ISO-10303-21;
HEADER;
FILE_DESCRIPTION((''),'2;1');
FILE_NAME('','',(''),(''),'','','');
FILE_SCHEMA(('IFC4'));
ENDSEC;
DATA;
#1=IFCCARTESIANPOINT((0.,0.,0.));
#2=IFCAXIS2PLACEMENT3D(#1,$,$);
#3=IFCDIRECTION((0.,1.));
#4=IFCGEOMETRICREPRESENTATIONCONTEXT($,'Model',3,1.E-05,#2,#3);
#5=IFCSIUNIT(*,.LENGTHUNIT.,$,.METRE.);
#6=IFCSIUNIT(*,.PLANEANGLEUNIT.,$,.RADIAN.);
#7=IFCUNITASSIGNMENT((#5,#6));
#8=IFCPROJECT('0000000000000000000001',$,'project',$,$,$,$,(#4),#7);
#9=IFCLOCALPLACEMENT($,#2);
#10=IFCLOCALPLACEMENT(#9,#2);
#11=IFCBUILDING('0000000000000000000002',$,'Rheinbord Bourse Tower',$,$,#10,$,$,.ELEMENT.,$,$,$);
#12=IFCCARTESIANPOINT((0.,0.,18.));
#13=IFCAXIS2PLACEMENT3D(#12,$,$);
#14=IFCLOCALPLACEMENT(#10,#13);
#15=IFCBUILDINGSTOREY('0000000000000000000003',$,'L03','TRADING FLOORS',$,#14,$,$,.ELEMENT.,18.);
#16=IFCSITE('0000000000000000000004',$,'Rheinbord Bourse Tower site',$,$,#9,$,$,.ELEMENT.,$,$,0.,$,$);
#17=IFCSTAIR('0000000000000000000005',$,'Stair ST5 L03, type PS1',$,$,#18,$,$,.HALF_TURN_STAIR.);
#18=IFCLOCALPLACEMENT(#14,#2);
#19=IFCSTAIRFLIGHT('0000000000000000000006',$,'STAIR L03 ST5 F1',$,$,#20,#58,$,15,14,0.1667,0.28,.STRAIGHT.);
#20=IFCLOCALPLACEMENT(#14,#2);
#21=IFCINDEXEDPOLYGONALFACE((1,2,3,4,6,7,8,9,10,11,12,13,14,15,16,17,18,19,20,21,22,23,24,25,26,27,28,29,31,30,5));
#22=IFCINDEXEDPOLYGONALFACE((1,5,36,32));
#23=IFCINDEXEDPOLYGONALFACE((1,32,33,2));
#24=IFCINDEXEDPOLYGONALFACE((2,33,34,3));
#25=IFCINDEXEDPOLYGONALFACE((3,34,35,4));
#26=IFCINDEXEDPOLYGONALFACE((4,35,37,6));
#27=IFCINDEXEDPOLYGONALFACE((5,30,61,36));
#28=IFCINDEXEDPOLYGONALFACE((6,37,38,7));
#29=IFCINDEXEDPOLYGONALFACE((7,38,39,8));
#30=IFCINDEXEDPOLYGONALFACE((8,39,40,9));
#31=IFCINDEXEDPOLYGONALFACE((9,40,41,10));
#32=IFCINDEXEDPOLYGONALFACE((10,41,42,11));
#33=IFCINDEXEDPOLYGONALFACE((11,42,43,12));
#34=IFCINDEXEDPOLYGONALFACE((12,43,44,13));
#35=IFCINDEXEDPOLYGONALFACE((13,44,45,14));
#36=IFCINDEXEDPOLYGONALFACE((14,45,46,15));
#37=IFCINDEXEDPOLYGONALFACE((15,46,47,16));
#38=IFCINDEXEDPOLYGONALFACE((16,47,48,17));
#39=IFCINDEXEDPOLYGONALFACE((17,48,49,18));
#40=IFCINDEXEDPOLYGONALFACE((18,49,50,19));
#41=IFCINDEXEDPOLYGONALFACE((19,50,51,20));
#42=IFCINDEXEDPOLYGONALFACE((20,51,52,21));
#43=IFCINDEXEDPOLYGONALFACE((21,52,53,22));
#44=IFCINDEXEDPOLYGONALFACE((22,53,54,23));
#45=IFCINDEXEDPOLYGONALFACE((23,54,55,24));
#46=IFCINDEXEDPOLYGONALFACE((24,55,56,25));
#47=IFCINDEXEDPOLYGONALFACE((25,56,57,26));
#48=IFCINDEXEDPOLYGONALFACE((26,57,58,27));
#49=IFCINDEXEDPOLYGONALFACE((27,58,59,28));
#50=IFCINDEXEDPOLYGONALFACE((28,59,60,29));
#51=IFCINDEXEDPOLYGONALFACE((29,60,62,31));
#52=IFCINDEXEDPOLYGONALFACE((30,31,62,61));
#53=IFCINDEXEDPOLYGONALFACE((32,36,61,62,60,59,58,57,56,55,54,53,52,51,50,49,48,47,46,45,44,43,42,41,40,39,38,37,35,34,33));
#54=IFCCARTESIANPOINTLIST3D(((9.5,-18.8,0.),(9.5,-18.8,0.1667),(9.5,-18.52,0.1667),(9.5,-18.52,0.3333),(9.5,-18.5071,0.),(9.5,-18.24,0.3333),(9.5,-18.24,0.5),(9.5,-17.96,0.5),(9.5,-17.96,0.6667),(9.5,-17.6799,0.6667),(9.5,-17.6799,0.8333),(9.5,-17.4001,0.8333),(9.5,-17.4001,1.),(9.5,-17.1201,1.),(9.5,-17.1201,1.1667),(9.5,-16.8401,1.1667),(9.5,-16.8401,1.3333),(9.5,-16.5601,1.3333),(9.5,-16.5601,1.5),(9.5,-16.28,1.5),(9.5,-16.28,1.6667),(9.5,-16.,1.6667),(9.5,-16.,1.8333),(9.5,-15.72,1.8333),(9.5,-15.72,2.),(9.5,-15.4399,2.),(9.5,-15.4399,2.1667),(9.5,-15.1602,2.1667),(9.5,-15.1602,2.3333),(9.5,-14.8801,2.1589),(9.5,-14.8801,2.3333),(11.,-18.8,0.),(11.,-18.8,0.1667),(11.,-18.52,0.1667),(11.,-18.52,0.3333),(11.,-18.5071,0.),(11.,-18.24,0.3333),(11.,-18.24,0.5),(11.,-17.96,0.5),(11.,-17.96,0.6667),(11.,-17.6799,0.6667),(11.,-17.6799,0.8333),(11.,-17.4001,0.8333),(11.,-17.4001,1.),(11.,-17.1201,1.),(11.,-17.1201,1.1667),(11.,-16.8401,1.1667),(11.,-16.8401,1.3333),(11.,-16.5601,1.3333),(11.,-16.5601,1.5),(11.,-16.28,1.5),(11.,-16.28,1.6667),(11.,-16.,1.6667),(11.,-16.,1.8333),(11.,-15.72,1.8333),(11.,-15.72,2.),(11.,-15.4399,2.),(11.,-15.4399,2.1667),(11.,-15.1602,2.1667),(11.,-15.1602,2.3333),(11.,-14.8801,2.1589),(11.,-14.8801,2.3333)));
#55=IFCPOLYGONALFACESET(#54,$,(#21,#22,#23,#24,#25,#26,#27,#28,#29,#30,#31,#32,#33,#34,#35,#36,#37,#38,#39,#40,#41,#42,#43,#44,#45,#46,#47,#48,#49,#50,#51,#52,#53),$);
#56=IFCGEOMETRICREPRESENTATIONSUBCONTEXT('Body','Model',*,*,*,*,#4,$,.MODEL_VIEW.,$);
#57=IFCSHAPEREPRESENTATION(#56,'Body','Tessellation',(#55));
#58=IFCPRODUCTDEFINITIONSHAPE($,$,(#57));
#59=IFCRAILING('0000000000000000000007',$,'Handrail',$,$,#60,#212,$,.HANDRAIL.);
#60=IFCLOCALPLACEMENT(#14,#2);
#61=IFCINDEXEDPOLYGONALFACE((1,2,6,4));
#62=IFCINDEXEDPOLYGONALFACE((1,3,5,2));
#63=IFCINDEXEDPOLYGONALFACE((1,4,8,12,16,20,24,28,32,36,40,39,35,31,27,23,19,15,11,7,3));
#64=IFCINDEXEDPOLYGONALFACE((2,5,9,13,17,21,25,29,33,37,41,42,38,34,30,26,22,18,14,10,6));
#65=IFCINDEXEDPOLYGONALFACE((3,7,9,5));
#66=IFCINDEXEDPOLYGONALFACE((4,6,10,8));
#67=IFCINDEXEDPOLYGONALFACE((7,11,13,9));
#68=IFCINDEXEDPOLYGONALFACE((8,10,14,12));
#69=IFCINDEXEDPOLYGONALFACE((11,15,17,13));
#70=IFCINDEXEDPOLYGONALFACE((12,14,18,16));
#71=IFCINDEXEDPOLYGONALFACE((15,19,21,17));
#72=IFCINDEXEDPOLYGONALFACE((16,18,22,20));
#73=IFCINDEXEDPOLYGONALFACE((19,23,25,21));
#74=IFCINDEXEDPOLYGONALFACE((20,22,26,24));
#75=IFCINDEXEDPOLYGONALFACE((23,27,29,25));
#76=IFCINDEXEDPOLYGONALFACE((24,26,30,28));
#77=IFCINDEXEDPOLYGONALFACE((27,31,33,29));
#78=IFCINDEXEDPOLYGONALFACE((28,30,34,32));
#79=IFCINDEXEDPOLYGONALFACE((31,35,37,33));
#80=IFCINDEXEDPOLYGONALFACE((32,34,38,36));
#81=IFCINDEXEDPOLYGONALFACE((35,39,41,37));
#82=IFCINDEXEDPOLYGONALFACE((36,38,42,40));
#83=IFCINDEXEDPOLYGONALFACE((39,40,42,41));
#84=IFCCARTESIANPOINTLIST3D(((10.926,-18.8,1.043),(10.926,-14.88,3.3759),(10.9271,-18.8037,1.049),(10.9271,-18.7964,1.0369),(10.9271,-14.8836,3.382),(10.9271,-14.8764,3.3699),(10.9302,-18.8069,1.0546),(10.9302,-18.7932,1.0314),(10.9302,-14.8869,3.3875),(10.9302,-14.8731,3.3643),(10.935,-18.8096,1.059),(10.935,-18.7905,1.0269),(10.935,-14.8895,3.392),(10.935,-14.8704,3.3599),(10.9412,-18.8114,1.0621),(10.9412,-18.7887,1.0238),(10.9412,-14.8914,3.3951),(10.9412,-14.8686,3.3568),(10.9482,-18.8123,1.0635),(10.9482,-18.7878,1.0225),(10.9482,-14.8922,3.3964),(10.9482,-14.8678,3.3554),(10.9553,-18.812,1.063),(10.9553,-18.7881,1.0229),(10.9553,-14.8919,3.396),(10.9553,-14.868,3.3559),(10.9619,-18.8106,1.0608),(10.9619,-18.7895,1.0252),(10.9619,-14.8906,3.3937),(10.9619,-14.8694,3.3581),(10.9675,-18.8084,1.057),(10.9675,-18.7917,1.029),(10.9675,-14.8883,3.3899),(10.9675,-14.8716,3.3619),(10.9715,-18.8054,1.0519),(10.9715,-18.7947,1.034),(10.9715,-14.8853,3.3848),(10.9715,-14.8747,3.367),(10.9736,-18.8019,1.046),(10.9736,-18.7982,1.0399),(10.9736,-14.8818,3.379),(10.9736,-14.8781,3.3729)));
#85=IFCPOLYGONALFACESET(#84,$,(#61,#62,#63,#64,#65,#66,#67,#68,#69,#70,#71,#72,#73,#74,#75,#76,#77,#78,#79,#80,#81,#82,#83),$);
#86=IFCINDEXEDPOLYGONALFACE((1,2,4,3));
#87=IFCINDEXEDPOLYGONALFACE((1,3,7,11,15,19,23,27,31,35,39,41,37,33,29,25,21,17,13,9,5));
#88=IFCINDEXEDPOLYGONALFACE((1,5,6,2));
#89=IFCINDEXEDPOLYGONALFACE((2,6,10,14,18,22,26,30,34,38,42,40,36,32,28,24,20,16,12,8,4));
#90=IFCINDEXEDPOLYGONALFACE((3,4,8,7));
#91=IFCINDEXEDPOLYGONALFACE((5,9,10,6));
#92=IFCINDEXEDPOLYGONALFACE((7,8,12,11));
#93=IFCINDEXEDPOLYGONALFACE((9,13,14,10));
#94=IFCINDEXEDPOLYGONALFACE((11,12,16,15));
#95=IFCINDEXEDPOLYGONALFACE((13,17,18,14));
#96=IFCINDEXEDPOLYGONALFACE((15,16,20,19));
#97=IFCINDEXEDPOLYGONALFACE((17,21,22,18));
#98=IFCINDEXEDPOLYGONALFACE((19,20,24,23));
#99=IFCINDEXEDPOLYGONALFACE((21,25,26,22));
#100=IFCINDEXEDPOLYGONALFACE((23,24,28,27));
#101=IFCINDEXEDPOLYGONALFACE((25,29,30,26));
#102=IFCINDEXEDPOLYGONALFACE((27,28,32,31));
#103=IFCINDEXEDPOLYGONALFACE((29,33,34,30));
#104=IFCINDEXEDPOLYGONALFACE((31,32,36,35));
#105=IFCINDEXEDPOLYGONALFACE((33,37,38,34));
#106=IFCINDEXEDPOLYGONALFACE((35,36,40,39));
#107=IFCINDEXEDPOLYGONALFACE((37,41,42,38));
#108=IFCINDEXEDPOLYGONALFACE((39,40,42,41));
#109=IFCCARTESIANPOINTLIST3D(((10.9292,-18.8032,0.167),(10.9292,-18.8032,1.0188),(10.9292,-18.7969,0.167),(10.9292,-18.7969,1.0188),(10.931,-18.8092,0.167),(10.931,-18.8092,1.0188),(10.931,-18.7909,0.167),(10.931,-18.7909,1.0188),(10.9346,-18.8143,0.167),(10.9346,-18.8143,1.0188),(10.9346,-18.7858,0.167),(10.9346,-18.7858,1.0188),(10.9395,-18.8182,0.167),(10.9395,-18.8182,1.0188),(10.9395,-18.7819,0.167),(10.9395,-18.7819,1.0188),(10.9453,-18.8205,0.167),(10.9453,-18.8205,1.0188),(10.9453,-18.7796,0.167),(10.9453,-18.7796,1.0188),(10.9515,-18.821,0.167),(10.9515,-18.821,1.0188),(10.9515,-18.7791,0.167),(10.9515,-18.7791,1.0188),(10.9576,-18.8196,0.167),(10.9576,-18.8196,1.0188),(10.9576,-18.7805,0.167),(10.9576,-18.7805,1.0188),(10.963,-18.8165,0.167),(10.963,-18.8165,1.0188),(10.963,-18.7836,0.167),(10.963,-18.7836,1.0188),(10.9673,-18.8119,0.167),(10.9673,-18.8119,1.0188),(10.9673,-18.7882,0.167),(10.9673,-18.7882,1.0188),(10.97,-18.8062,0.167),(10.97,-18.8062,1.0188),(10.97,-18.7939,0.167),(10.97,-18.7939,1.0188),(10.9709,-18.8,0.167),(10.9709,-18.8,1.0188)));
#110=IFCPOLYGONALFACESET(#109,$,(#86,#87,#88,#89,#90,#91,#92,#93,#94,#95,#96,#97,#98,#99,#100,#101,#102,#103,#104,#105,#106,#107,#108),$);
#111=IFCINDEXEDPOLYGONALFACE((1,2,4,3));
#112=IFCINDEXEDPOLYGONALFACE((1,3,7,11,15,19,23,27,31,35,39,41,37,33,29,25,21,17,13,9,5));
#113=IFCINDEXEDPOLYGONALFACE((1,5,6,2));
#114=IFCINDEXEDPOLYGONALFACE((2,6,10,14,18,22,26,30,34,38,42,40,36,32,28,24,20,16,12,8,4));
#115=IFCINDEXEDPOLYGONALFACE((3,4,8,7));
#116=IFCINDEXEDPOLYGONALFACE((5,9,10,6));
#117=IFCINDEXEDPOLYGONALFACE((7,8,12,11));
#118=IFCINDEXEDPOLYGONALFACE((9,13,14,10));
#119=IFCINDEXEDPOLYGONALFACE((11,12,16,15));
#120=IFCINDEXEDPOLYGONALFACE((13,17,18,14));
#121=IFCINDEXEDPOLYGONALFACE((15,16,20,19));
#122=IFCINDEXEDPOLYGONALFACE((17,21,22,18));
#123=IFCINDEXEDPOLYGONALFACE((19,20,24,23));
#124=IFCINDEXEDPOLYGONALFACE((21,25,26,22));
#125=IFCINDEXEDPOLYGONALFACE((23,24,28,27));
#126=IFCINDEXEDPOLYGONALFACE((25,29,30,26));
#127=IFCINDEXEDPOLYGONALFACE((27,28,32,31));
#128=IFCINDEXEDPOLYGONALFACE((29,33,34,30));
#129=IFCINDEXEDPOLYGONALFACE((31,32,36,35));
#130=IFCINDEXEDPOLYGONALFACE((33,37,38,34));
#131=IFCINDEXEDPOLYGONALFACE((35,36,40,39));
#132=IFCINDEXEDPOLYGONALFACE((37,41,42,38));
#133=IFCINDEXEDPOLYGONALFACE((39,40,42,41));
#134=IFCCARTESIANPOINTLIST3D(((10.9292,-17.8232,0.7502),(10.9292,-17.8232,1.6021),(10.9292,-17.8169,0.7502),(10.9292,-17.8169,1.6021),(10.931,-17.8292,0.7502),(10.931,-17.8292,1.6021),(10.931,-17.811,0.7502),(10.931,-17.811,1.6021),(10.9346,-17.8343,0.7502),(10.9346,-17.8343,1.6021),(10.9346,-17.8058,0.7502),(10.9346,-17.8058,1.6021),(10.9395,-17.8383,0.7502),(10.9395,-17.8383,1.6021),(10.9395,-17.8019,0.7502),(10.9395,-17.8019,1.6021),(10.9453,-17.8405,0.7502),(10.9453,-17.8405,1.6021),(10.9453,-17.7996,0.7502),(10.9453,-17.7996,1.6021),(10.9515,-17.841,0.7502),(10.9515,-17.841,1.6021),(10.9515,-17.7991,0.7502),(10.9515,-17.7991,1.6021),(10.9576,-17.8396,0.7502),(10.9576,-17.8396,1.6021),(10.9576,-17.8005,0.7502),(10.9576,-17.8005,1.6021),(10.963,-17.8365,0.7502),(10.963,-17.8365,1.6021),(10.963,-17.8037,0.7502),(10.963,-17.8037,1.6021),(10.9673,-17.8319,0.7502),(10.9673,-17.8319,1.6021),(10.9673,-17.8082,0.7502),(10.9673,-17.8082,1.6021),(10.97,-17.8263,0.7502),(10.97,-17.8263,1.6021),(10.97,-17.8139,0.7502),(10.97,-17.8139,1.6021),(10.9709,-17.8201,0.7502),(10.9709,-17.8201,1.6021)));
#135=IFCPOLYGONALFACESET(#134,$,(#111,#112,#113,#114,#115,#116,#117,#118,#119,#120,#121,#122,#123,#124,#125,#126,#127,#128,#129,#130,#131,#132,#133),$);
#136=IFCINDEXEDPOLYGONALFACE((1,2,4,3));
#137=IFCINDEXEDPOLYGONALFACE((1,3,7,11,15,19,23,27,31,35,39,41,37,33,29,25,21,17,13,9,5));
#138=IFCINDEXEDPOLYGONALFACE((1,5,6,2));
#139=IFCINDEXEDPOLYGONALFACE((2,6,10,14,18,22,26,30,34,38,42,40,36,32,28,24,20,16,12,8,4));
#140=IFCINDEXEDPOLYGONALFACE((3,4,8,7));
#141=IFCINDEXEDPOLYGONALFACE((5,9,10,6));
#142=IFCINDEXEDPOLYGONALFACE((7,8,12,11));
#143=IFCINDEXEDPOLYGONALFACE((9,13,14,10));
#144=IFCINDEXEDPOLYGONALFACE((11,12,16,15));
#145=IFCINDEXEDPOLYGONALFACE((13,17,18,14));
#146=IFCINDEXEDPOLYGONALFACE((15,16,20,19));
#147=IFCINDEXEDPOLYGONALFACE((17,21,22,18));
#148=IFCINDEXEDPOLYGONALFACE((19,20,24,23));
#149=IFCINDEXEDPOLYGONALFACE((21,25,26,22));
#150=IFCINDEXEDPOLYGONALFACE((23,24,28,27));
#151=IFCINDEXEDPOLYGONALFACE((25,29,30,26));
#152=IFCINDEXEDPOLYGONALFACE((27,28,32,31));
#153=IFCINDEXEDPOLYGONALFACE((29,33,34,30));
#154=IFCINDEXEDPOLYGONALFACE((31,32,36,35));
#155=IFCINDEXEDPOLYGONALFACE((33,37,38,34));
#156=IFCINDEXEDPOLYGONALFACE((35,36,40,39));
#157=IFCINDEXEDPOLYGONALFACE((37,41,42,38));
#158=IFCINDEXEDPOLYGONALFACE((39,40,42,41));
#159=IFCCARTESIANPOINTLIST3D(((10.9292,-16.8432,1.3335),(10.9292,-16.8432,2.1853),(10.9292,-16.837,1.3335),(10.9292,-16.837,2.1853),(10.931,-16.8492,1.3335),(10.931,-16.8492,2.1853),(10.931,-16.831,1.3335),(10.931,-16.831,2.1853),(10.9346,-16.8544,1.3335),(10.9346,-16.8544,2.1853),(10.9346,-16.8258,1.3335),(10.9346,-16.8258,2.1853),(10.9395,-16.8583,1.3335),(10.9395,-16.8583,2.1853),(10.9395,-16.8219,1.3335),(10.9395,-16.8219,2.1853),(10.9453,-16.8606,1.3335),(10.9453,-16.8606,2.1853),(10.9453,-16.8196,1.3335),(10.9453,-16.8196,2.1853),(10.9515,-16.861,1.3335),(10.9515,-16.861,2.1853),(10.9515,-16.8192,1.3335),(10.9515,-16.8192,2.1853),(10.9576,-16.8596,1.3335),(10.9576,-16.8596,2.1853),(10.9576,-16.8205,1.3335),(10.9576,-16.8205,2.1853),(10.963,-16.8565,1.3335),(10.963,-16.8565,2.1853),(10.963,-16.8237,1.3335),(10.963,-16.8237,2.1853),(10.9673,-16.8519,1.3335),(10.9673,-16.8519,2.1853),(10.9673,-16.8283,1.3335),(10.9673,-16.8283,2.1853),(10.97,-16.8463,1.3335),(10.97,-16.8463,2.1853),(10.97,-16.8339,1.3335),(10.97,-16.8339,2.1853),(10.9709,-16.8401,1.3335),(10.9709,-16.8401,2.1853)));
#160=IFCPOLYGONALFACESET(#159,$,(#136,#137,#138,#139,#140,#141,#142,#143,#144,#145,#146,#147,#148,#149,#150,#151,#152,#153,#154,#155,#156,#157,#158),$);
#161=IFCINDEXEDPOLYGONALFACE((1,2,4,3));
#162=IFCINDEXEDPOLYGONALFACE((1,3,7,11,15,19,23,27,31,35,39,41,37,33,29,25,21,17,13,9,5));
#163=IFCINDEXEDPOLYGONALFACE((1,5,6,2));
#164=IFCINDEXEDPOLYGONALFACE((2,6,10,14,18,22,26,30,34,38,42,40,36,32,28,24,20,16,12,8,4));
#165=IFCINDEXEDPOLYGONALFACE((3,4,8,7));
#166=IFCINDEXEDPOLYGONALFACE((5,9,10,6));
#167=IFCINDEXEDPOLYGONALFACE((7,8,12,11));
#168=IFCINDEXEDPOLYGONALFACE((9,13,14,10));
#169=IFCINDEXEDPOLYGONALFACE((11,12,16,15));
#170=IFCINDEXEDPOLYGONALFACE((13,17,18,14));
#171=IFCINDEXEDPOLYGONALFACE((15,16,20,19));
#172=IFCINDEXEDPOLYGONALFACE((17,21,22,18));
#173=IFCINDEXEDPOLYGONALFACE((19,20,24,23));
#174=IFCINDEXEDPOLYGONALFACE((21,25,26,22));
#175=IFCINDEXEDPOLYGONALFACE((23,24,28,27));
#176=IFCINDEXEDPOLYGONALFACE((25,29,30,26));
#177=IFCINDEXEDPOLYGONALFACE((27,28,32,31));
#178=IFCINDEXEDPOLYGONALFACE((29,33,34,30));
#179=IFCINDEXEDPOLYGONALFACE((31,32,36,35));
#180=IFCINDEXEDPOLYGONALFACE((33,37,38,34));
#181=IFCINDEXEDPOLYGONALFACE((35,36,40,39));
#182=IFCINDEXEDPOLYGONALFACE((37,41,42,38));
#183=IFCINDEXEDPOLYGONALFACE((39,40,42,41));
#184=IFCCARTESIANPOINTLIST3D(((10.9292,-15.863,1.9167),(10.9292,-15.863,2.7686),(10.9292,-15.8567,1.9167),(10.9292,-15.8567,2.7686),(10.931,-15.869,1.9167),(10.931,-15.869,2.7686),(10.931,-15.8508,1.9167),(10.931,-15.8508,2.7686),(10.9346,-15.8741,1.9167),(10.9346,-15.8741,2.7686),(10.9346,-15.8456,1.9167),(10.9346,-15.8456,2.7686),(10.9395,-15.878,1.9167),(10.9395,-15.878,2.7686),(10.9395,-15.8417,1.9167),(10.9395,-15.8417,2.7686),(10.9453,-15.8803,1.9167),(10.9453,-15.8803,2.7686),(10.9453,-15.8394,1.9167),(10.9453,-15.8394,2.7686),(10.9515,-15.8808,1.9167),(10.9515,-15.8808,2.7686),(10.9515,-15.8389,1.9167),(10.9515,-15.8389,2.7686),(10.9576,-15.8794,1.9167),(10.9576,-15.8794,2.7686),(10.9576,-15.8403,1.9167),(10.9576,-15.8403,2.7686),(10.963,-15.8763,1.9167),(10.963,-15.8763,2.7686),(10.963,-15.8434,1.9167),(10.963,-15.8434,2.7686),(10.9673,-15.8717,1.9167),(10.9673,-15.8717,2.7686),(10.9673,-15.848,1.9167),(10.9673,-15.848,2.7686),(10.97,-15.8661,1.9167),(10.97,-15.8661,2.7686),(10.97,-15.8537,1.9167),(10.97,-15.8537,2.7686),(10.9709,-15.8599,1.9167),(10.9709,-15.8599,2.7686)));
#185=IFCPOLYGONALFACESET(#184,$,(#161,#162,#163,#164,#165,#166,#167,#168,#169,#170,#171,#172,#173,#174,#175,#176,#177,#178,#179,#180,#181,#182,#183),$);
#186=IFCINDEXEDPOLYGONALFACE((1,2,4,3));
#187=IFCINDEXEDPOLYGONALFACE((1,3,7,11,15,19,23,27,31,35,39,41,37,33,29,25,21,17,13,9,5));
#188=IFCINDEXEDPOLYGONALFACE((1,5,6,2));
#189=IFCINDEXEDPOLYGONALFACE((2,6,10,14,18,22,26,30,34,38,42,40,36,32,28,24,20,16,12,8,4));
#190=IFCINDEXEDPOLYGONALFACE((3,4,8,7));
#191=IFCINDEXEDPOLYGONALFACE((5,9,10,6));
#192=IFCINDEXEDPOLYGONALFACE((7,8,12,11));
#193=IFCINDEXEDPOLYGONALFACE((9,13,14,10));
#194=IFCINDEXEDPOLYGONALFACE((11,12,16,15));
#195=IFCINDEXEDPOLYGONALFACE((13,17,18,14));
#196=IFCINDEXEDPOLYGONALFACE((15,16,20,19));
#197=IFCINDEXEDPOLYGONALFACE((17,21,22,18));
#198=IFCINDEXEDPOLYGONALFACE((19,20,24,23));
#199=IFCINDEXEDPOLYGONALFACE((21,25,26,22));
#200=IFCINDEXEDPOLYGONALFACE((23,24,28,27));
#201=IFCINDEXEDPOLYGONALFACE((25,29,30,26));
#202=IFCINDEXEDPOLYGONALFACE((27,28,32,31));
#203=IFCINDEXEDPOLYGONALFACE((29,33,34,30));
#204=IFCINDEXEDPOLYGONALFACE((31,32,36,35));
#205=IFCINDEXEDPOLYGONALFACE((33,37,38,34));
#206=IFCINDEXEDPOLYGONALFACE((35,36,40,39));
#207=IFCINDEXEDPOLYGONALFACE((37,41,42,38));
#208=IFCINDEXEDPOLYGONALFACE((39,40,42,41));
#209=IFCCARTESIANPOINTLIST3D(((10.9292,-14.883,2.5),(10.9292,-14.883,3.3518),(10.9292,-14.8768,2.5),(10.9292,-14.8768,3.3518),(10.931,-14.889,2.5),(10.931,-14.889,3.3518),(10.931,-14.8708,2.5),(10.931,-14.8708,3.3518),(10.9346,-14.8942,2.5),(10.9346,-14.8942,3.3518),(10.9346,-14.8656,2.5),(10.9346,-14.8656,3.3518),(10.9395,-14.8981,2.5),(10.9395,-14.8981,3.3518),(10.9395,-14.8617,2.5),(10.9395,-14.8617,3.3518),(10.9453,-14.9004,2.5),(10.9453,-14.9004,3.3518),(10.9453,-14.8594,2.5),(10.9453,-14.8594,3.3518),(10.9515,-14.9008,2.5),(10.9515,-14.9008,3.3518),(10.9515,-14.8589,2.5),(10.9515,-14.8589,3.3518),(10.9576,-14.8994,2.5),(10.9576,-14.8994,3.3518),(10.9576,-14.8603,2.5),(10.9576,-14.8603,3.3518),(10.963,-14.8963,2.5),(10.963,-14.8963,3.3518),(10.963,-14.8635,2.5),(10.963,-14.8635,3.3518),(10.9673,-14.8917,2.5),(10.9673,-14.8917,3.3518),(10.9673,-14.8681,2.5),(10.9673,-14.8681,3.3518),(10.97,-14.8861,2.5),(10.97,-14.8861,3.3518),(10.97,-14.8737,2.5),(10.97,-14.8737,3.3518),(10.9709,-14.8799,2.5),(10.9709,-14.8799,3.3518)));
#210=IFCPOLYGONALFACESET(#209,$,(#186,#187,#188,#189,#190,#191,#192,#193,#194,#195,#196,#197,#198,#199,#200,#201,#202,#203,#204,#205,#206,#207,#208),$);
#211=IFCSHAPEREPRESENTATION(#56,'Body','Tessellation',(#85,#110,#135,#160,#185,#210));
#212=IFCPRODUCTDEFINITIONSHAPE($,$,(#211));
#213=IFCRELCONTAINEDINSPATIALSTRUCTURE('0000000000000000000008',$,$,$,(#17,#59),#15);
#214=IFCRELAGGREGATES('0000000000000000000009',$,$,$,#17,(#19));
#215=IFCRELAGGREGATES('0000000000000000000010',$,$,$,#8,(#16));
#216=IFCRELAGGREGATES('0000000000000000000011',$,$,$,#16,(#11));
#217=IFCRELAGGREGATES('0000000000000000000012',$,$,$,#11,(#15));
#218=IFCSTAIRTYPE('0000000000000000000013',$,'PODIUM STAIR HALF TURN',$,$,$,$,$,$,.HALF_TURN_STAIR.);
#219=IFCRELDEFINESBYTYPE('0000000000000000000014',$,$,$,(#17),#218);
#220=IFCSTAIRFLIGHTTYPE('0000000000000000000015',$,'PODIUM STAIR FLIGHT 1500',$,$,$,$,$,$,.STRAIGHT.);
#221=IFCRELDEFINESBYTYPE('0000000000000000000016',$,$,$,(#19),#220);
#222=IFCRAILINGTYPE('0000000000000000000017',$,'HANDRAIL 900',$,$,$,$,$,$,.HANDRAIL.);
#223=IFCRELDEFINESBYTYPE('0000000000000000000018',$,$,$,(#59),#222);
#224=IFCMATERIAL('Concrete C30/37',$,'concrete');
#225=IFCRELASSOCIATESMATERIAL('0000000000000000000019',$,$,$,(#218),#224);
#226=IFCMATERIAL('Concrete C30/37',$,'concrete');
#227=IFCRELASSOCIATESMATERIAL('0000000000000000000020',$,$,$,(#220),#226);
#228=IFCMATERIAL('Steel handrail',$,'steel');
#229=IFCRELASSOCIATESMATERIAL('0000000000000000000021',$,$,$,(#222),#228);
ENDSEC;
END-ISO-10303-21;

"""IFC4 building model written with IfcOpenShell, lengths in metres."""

from ifc_helpers import new_model, si_unit, direction, frame, origin, origin_2d, place, context, subcontext, project, spatial, polyline, circle, outline, extrude, material, type_object, element, aggregate, save


model = new_model("IFC4")

# Units and contexts
model_context = context("Model", 3, precision=1e-05, world=origin(), true_north=direction((0.0, 1.0)))
body_context = subcontext(model_context, "Body", "Model", "MODEL_VIEW")
ifc_project = project(units=[si_unit("LENGTHUNIT", "METRE"), si_unit("PLANEANGLEUNIT", "RADIAN")], contexts=[model_context])

# Site, building, storey
site_placement = place(None, origin())
site = spatial("IfcSite", under=ifc_project, at=site_placement, Name="Rheinbord Bourse Tower site", CompositionType="ELEMENT", RefElevation=0.0)
building_placement = place(site_placement, origin())
building = spatial("IfcBuilding", under=site, at=building_placement, Name="Rheinbord Bourse Tower", CompositionType="ELEMENT")
storey_placement = place(building_placement, frame((0.0, 0.0, 18.0)))
storey = spatial("IfcBuildingStorey", under=building, at=storey_placement, Name="L03", Description="TRADING FLOORS", CompositionType="ELEMENT", Elevation=18.0)

# Stair
ifc_material_1 = material(Name="Concrete C30/37", Category="concrete")
stair_type_1 = type_object("IfcStairType", Name="PODIUM STAIR HALF TURN", PredefinedType="HALF_TURN_STAIR", material=ifc_material_1)
stair_1_placement = place(storey_placement, origin())
stair_1 = element("IfcStair", 1, at=stair_1_placement, inside=storey, type_object=stair_type_1, Name="Stair ST5 L03, type PS1", PredefinedType="HALF_TURN_STAIR")

# Stair flight
ifc_material_2 = material(Name="Concrete C30/37", Category="concrete")
stair_flight_type = type_object("IfcStairFlightType", Name="PODIUM STAIR FLIGHT 1500", PredefinedType="STRAIGHT", material=ifc_material_2)
stair_flight_placement = place(storey_placement, frame((10.25, -18.8, 0.0), z_axis=(0.0, 0.0, 1.0), x_axis=(0.0, 1.0, 0.0)))
stair_flight = element("IfcStairFlight", 2, at=stair_flight_placement, type_object=stair_flight_type, Name="STAIR L03 ST5 F1", NumberOfRisers=15, NumberOfTreads=14, PredefinedType="STRAIGHT", RiserHeight=0.1667, TreadLength=0.28, context=body_context, shape_type="SweptSolid", body=[
    extrude(outline(polyline([(0.0, 0.0), (0.0, 0.1667), (0.28, 0.1667), (0.28, 0.3333), (0.5601, 0.3333), (0.5601, 0.5), (0.8401, 0.5), (0.8401, 0.6667), (1.1201, 0.6667), (1.1201, 0.8333), (1.3999, 0.8333), (1.3999, 1.0), (1.6799, 1.0), (1.6799, 1.1667), (1.96, 1.1667), (1.96, 1.3333), (2.24, 1.3333), (2.24, 1.5), (2.52, 1.5), (2.52, 1.6667), (2.8, 1.6667), (2.8, 1.8333), (3.0801, 1.8333), (3.0801, 2.0), (3.3601, 2.0), (3.3601, 2.1667), (3.6399, 2.1667), (3.6399, 2.3333), (3.9199, 2.3333), (3.9199, 2.5), (3.9199, 2.1589), (0.293, 0.0), (0.0, 0.0)])), frame((0.0, 0.75, 0.0), z_axis=(0.0, -1.0, 0.0), x_axis=(1.0, 0.0, 0.0)), (0.0, 0.0, 1.0), 1.5),
])
aggregate(stair_1, [stair_flight])

# Railing
ifc_material_3 = material(Name="Steel handrail", Category="steel")
railing_type = type_object("IfcRailingType", Name="HANDRAIL 900", PredefinedType="HANDRAIL", material=ifc_material_3)
railing_placement = place(storey_placement, frame((10.95, -18.8, 0.167)))
element("IfcRailing", 3, at=railing_placement, inside=storey, type_object=railing_type, Name="Handrail", PredefinedType="HANDRAIL", context=body_context, shape_type="SweptSolid", body=[
    extrude(circle(Radius=0.0239, at=origin_2d()), frame((0.0, 0.0, 0.876), z_axis=(0.0, 0.859334, 0.511415), x_axis=(-1.0, 0.0, 0.0)), (0.0, 0.0, 1.0), 4.5618),
    extrude(circle(Radius=0.021, at=origin_2d()), origin(), (0.0, 0.0, 1.0), 0.8518),
    extrude(circle(Radius=0.021, at=origin_2d()), frame((0.0, 0.98, 0.5833)), (0.0, 0.0, 1.0), 0.8518),
    extrude(circle(Radius=0.021, at=origin_2d()), frame((0.0, 1.96, 1.1665)), (0.0, 0.0, 1.0), 0.8518),
    extrude(circle(Radius=0.021, at=origin_2d()), frame((0.0, 2.9402, 1.7498)), (0.0, 0.0, 1.0), 0.8518),
    extrude(circle(Radius=0.021, at=origin_2d()), frame((0.0, 3.9202, 2.333)), (0.0, 0.0, 1.0), 0.8518),
])

save(model, "model.ifc")
